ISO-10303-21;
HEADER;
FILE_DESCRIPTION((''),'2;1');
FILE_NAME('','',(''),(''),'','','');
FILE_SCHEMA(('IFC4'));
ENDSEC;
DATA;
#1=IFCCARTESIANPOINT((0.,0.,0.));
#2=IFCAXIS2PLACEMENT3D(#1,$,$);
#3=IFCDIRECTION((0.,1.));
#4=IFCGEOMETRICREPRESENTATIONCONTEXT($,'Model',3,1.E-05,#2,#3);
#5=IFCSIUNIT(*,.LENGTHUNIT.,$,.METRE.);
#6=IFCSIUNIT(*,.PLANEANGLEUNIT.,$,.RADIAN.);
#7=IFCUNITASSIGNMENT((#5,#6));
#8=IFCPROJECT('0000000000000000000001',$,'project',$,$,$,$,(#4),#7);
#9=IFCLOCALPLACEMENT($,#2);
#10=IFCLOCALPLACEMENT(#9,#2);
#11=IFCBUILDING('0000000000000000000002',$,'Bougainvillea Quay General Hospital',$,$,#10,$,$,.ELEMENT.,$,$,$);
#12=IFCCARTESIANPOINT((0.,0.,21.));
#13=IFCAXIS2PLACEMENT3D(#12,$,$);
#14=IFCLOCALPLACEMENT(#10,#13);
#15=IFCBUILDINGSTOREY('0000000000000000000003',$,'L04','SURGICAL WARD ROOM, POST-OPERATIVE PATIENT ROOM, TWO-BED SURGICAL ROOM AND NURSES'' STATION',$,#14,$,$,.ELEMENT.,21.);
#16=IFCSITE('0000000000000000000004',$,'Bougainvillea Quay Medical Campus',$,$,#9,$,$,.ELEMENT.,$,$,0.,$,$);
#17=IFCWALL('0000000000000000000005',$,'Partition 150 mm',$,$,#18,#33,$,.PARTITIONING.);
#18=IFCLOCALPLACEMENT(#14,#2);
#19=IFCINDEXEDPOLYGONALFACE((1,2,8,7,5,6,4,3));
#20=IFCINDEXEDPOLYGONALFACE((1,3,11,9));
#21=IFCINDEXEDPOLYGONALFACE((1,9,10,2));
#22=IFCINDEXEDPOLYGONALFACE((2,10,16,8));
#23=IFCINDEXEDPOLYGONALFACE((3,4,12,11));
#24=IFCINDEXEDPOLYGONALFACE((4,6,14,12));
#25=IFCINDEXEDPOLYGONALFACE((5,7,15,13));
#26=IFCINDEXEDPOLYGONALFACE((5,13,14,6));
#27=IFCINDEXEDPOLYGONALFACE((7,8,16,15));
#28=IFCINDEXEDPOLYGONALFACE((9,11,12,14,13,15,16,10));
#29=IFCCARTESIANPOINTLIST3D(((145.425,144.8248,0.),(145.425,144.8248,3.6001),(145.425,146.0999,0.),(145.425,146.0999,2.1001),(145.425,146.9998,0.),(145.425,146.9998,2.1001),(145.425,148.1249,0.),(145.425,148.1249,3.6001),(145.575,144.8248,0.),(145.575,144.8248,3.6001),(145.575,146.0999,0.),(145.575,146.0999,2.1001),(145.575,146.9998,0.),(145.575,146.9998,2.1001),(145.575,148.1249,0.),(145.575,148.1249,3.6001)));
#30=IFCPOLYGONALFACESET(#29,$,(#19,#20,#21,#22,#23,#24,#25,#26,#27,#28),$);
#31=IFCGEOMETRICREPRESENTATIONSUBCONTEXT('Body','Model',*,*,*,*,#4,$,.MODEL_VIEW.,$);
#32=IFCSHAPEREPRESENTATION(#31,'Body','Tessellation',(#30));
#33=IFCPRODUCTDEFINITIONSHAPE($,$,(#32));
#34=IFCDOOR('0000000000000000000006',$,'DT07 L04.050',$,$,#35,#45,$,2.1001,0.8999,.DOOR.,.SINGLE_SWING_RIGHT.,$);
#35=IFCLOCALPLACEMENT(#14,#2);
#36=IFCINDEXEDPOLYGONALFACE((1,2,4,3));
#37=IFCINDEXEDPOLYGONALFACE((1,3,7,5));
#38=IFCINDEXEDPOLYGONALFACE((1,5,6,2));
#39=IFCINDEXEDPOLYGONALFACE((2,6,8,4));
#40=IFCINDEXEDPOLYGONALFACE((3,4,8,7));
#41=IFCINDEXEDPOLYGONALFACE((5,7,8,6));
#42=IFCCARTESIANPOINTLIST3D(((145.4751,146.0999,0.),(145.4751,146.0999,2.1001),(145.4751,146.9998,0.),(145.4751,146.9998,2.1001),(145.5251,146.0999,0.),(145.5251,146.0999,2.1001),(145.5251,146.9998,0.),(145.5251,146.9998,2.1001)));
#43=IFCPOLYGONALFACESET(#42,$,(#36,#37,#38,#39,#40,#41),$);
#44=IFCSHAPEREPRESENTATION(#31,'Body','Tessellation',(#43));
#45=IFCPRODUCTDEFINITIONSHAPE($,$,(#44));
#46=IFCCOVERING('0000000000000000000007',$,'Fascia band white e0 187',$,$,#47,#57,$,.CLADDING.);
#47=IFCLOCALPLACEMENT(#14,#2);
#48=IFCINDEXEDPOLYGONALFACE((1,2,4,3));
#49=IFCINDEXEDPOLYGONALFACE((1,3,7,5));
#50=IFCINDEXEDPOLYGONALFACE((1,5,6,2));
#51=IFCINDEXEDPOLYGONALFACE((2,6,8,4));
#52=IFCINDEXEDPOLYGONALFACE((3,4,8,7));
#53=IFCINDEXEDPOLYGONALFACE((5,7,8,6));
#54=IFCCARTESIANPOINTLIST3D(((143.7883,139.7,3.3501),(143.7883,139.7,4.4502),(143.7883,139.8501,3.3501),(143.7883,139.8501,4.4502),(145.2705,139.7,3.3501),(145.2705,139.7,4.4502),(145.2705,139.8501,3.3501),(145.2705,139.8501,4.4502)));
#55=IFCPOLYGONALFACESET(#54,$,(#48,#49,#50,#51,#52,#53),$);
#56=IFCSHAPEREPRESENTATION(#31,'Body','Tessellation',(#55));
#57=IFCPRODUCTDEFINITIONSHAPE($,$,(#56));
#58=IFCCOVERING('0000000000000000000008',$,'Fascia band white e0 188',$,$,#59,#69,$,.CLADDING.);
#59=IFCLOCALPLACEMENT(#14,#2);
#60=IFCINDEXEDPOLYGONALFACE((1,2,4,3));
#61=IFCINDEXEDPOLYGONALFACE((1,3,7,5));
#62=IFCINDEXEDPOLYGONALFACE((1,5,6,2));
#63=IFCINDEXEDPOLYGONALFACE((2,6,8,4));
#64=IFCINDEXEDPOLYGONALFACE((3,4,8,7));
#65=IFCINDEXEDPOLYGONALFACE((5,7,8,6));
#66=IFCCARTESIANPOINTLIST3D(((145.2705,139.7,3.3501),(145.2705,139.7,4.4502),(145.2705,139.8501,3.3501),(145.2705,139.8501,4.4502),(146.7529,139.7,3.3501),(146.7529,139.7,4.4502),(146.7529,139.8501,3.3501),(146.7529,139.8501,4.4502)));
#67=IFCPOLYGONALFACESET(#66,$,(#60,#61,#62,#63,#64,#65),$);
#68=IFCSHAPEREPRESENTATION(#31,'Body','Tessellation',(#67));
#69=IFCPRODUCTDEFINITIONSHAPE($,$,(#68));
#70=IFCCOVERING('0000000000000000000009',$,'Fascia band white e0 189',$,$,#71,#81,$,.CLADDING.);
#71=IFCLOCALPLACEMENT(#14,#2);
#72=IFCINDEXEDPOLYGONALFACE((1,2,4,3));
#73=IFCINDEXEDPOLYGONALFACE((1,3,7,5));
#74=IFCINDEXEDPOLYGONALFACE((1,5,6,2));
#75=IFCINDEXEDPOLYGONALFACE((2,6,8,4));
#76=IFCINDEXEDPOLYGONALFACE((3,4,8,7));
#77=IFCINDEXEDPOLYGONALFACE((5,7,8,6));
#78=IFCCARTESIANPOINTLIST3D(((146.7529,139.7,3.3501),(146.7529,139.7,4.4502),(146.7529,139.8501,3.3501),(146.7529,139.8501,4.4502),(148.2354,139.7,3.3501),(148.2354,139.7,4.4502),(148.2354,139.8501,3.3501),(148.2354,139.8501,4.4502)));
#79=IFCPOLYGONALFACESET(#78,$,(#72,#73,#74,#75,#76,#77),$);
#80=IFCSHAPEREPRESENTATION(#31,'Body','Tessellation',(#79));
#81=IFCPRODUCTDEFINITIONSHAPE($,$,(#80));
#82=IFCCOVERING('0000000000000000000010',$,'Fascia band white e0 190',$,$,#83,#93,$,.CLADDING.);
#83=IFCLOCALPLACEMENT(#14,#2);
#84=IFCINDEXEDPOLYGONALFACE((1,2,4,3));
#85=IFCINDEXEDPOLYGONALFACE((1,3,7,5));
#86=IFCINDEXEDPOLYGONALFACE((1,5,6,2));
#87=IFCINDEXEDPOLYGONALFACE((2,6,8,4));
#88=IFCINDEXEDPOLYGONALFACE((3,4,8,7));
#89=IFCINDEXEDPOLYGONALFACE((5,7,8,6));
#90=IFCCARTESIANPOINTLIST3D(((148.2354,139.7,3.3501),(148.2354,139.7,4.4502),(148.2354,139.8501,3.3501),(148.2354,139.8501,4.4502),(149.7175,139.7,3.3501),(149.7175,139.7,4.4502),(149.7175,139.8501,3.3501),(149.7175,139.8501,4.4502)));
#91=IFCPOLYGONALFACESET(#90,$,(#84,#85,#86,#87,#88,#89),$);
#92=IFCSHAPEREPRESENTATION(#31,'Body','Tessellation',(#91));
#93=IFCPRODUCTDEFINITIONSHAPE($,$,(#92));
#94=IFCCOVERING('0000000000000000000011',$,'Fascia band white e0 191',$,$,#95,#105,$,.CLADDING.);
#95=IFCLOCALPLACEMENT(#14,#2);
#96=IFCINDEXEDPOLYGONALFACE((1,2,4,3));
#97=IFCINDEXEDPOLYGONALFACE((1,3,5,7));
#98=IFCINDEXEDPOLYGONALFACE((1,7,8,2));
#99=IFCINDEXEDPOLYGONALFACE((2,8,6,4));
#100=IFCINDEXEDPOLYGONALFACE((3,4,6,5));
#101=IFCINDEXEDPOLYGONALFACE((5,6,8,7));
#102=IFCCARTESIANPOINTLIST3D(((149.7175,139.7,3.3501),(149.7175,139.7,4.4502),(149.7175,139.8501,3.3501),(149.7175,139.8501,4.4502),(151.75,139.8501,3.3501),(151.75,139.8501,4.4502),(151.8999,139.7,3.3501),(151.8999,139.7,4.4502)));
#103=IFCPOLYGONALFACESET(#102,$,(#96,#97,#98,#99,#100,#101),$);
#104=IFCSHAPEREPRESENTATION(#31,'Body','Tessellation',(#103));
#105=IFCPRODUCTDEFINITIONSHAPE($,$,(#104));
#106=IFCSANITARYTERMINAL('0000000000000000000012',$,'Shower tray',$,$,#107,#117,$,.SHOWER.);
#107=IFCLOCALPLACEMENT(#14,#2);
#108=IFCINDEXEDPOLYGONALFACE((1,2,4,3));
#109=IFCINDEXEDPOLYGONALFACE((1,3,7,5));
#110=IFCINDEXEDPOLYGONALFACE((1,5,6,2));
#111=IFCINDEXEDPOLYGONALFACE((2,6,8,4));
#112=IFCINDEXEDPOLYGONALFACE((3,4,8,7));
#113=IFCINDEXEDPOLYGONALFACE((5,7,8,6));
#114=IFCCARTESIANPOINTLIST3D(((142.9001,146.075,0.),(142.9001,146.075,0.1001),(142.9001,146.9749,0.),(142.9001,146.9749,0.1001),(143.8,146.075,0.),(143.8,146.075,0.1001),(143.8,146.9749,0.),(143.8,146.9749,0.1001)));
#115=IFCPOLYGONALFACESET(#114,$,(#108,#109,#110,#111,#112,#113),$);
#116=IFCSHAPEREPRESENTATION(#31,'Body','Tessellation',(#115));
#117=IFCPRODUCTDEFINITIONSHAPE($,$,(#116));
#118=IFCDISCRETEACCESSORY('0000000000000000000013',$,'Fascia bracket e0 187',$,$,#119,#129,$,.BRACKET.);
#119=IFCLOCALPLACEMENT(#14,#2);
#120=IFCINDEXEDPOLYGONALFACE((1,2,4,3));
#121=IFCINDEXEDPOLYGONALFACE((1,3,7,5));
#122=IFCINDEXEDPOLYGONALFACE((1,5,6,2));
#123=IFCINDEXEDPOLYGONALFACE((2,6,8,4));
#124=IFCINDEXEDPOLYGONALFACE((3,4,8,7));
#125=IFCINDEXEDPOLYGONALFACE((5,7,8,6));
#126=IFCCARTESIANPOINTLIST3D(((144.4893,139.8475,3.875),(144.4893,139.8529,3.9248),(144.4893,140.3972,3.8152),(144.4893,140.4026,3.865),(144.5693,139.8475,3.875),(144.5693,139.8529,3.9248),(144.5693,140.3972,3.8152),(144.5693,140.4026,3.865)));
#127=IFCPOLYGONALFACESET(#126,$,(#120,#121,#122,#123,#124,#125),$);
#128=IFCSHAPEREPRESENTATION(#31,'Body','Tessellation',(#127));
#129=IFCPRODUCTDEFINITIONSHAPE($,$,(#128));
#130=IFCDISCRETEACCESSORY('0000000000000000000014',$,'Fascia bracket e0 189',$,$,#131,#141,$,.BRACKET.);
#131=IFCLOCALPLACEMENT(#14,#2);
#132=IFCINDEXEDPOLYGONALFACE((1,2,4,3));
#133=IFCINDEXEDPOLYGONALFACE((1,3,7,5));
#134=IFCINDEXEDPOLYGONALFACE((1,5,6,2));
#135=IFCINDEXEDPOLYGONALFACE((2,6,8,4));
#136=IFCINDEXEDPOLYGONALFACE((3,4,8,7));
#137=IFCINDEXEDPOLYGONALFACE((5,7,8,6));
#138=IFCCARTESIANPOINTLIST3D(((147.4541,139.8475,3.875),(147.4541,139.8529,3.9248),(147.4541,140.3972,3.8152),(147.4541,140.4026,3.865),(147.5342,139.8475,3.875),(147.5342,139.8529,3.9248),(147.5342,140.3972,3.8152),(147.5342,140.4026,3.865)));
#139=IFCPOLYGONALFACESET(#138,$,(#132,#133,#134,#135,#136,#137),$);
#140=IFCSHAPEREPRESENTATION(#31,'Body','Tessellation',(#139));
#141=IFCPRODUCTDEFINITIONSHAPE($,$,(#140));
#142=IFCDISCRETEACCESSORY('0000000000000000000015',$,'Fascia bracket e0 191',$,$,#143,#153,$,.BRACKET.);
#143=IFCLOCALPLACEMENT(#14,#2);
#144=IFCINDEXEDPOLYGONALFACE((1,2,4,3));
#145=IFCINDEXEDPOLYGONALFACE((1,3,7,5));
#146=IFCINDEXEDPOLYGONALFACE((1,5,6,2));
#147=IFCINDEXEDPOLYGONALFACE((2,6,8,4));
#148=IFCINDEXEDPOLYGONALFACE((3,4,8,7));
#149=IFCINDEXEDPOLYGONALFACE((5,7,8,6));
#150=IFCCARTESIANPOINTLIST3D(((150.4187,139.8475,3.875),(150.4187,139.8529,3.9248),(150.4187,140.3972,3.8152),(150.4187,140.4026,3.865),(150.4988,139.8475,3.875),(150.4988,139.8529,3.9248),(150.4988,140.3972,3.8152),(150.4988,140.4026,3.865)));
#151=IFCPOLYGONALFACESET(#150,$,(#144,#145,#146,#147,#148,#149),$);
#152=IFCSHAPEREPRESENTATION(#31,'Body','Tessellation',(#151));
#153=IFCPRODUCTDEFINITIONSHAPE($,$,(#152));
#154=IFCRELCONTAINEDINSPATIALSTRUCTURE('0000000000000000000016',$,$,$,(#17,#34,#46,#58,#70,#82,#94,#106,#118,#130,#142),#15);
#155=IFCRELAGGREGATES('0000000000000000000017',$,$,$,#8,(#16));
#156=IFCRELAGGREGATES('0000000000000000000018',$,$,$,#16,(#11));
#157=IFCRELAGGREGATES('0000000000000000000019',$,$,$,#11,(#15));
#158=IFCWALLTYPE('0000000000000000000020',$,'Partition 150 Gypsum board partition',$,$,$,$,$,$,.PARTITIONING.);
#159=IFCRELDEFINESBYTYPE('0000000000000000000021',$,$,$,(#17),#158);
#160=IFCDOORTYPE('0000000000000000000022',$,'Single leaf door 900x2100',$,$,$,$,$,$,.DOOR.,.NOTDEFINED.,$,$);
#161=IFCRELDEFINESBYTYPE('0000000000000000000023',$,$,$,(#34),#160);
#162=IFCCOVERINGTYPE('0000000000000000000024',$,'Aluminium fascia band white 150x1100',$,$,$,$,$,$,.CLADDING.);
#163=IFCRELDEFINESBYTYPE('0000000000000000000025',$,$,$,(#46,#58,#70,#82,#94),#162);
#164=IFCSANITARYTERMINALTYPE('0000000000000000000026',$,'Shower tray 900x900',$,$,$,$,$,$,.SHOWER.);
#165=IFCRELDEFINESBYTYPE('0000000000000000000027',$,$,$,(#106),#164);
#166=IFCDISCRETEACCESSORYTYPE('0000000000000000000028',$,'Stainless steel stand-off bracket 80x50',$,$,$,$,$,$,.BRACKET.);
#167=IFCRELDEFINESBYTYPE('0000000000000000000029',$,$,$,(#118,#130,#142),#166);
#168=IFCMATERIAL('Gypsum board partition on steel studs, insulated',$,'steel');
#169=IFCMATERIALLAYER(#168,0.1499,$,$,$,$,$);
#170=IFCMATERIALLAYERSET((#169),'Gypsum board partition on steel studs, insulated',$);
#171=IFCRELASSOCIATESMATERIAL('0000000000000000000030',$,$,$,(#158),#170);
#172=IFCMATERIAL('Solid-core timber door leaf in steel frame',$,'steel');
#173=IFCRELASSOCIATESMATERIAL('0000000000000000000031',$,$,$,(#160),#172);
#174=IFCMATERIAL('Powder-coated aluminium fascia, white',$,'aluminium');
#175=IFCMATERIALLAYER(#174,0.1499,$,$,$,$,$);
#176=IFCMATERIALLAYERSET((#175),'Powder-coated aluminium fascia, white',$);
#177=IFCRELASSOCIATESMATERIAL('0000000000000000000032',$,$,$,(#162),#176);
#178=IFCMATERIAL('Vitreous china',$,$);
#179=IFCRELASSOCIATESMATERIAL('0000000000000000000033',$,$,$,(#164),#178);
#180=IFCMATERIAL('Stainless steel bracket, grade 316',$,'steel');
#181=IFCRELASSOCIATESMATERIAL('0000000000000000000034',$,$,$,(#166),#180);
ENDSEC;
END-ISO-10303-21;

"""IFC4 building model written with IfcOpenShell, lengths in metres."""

from ifc_helpers import new_model, si_unit, direction, frame, frame_2d, origin, origin_2d, place, context, subcontext, project, spatial, polyline, rectangle, outline, extrude, material, layer, layer_set, material_profile, profile_set, type_object, element, fill, save


model = new_model("IFC4")

# Units and contexts
model_context = context("Model", 3, precision=1e-05, world=origin(), true_north=direction((0.0, 1.0)))
body_context = subcontext(model_context, "Body", "Model", "MODEL_VIEW")
ifc_project = project(units=[si_unit("LENGTHUNIT", "METRE"), si_unit("PLANEANGLEUNIT", "RADIAN")], contexts=[model_context])

# Site, building, storey
site_placement = place(None, origin())
site = spatial("IfcSite", under=ifc_project, at=site_placement, Name="Bougainvillea Quay Medical Campus", CompositionType="ELEMENT", RefElevation=0.0)
building_placement = place(site_placement, origin())
building = spatial("IfcBuilding", under=site, at=building_placement, Name="Bougainvillea Quay General Hospital", CompositionType="ELEMENT")
storey_placement = place(building_placement, frame((0.0, 0.0, 21.0)))
storey = spatial("IfcBuildingStorey", under=building, at=storey_placement, Name="L04", Description="SURGICAL WARD ROOM, POST-OPERATIVE PATIENT ROOM, TWO-BED SURGICAL ROOM AND NURSES' STATION", CompositionType="ELEMENT", Elevation=21.0)

# Wall, opening, door
ifc_material_1 = material(Name="Gypsum board partition on steel studs, insulated", Category="steel")
ifc_layer_1 = layer(ifc_material_1, 0.1499)
ifc_layer_set_1 = layer_set([ifc_layer_1], Name="Gypsum board partition on steel studs, insulated")
wall_type = type_object("IfcWallType", Name="Partition 150 Gypsum board partition", PredefinedType="PARTITIONING", material=ifc_layer_set_1)
wall_placement = place(storey_placement, frame((145.5, 144.825, 0.0), z_axis=(0.0, 0.0, 1.0), x_axis=(0.0, 1.0, 0.0)))
wall = element("IfcWall", 1, at=wall_placement, inside=storey, type_object=wall_type, Name="Partition 150 mm", PredefinedType="PARTITIONING", context=body_context, shape_type="SweptSolid", body=[
    extrude(rectangle(XDim=3.3, YDim=0.1499, at=frame_2d((1.6499, 0.0))), origin(), (0.0, 0.0, 1.0), 3.6001),
])
opening_placement = place(wall_placement, frame((1.2749, 0.0, 0.0)))
opening = element("IfcOpeningElement", 2, at=opening_placement, cuts=wall, PredefinedType="OPENING", context=body_context, shape_type="SweptSolid", body=[
    extrude(rectangle(XDim=0.8999, YDim=2.1001, at=frame_2d((0.45, 1.05))), frame((0.0, 0.085, 0.0), z_axis=(0.0, -1.0, 0.0), x_axis=(1.0, 0.0, 0.0)), (0.0, 0.0, 1.0), 0.1699),
])
ifc_material_2 = material(Name="Solid-core timber door leaf in steel frame", Category="steel")
door_type = type_object("IfcDoorType", Name="Single leaf door 900x2100", OperationType="NOTDEFINED", PredefinedType="DOOR", material=ifc_material_2)
door_placement = place(opening_placement, origin())
door = element("IfcDoor", 3, at=door_placement, inside=storey, type_object=door_type, Name="DT07 L04.050", OperationType="SINGLE_SWING_RIGHT", OverallHeight=2.1001, OverallWidth=0.8999, PredefinedType="DOOR", context=body_context, shape_type="SweptSolid", body=[
    extrude(rectangle(XDim=0.8999, YDim=2.1001, at=frame_2d((0.45, 1.05))), frame((0.0, 0.0249, 0.0), z_axis=(0.0, -1.0, 0.0), x_axis=(1.0, 0.0, 0.0)), (0.0, 0.0, 1.0), 0.05),
])
fill(opening, door)

# Coverings
ifc_material_3 = material(Name="Powder-coated aluminium fascia, white", Category="aluminium")
ifc_layer_2 = layer(ifc_material_3, 0.1499)
ifc_layer_set_2 = layer_set([ifc_layer_2], Name="Powder-coated aluminium fascia, white")
covering_type = type_object("IfcCoveringType", Name="Aluminium fascia band white 150x1100", PredefinedType="CLADDING", material=ifc_layer_set_2)
covering_1_placement = place(storey_placement, frame((143.7883, 139.8501, 3.3501), z_axis=(0.0, 0.0, 1.0), x_axis=(1.0, 0.0, 0.0)))
element("IfcCovering", 4, at=covering_1_placement, inside=storey, type_object=covering_type, Name="Fascia band white e0 187", PredefinedType="CLADDING", context=body_context, shape_type="SweptSolid", body=[
    extrude(outline(polyline([(0.0, 0.0), (1.4822, 0.0), (1.4822, -0.1501), (0.0, -0.1501), (0.0, 0.0)])), origin(), (0.0, 0.0, 1.0), 1.1001),
])
for number, where, z_axis, x_axis, name in (
    (5, (145.2705, 139.8501, 3.3501), (0.0, 0.0, 1.0), (1.0, 0.0, 0.0), "Fascia band white e0 188"),
    (6, (146.7529, 139.8501, 3.3501), (0.0, 0.0, 1.0), (1.0, 0.0, 0.0), "Fascia band white e0 189"),
):
    element("IfcCovering", number, at=place(storey_placement, frame(where, z_axis=z_axis, x_axis=x_axis)), inside=storey, type_object=covering_type, Name=name, PredefinedType="CLADDING", context=body_context, shape_type="SweptSolid", body=[
        extrude(outline(polyline([(0.0, 0.0), (1.4824, 0.0), (1.4824, -0.1501), (0.0, -0.1501), (0.0, 0.0)])), origin(), (0.0, 0.0, 1.0), 1.1001),
    ])
covering_2_placement = place(storey_placement, frame((148.2354, 139.8501, 3.3501), z_axis=(0.0, 0.0, 1.0), x_axis=(1.0, 0.0, 0.0)))
element("IfcCovering", 7, at=covering_2_placement, inside=storey, type_object=covering_type, Name="Fascia band white e0 190", PredefinedType="CLADDING", context=body_context, shape_type="SweptSolid", body=[
    extrude(outline(polyline([(0.0, 0.0), (1.4822, 0.0), (1.4822, -0.1501), (0.0, -0.1501), (0.0, 0.0)])), origin(), (0.0, 0.0, 1.0), 1.1001),
])
covering_3_placement = place(storey_placement, frame((149.7175, 139.8501, 3.3501), z_axis=(0.0, 0.0, 1.0), x_axis=(1.0, 0.0, 0.0)))
element("IfcCovering", 8, at=covering_3_placement, inside=storey, type_object=covering_type, Name="Fascia band white e0 191", PredefinedType="CLADDING", context=body_context, shape_type="SweptSolid", body=[
    extrude(outline(polyline([(0.0, 0.0), (2.0325, 0.0), (2.1824, -0.1501), (0.0, -0.1501), (0.0, 0.0)])), origin(), (0.0, 0.0, 1.0), 1.1001),
])

# Sanitary terminal
ifc_material_4 = material(Name="Vitreous china")
sanitary_terminal_type = type_object("IfcSanitaryTerminalType", Name="Shower tray 900x900", PredefinedType="SHOWER", material=ifc_material_4)
sanitary_terminal_placement = place(storey_placement, frame((143.3501, 146.5249, 0.0), z_axis=(0.0, 0.0, 1.0), x_axis=(0.0, 1.0, 0.0)))
element("IfcSanitaryTerminal", 9, at=sanitary_terminal_placement, inside=storey, type_object=sanitary_terminal_type, Name="Shower tray", PredefinedType="SHOWER", context=body_context, shape_type="SweptSolid", body=[
    extrude(rectangle(XDim=0.8999, YDim=0.8999, at=origin_2d()), origin(), (0.0, 0.0, 1.0), 0.1001),
])

# Discrete accessories
ifc_material_5 = material(Name="Stainless steel bracket, grade 316", Category="steel")
ifc_material_profile_1 = material_profile(ifc_material_5, rectangle(XDim=0.0801, YDim=0.05, at=origin_2d()))
ifc_profile_set_1 = profile_set([ifc_material_profile_1], Name="Stainless steel bracket, grade 316")
discrete_accessory_type = type_object("IfcDiscreteAccessoryType", Name="Stainless steel stand-off bracket 80x50", PredefinedType="BRACKET", material=ifc_profile_set_1)
for number, where, z_axis, x_axis, name in (
    (10, (144.5293, 140.3999, 3.8401), (0.0, -0.994134, 0.108154), (1.0, 0.0, 0.0), "Fascia bracket e0 187"),
    (11, (147.4941, 140.3999, 3.8401), (0.0, -0.994134, 0.108154), (1.0, 0.0, 0.0), "Fascia bracket e0 189"),
    (12, (150.4587, 140.3999, 3.8401), (0.0, -0.994134, 0.108154), (1.0, 0.0, 0.0), "Fascia bracket e0 191"),
):
    element("IfcDiscreteAccessory", number, at=place(storey_placement, frame(where, z_axis=z_axis, x_axis=x_axis)), inside=storey, type_object=discrete_accessory_type, Name=name, PredefinedType="BRACKET", context=body_context, shape_type="SweptSolid", body=[
        extrude(rectangle(XDim=0.0801, YDim=0.05, at=origin_2d()), origin(), (0.0, 0.0, 1.0), 0.553),
    ])

save(model, "model.ifc")
